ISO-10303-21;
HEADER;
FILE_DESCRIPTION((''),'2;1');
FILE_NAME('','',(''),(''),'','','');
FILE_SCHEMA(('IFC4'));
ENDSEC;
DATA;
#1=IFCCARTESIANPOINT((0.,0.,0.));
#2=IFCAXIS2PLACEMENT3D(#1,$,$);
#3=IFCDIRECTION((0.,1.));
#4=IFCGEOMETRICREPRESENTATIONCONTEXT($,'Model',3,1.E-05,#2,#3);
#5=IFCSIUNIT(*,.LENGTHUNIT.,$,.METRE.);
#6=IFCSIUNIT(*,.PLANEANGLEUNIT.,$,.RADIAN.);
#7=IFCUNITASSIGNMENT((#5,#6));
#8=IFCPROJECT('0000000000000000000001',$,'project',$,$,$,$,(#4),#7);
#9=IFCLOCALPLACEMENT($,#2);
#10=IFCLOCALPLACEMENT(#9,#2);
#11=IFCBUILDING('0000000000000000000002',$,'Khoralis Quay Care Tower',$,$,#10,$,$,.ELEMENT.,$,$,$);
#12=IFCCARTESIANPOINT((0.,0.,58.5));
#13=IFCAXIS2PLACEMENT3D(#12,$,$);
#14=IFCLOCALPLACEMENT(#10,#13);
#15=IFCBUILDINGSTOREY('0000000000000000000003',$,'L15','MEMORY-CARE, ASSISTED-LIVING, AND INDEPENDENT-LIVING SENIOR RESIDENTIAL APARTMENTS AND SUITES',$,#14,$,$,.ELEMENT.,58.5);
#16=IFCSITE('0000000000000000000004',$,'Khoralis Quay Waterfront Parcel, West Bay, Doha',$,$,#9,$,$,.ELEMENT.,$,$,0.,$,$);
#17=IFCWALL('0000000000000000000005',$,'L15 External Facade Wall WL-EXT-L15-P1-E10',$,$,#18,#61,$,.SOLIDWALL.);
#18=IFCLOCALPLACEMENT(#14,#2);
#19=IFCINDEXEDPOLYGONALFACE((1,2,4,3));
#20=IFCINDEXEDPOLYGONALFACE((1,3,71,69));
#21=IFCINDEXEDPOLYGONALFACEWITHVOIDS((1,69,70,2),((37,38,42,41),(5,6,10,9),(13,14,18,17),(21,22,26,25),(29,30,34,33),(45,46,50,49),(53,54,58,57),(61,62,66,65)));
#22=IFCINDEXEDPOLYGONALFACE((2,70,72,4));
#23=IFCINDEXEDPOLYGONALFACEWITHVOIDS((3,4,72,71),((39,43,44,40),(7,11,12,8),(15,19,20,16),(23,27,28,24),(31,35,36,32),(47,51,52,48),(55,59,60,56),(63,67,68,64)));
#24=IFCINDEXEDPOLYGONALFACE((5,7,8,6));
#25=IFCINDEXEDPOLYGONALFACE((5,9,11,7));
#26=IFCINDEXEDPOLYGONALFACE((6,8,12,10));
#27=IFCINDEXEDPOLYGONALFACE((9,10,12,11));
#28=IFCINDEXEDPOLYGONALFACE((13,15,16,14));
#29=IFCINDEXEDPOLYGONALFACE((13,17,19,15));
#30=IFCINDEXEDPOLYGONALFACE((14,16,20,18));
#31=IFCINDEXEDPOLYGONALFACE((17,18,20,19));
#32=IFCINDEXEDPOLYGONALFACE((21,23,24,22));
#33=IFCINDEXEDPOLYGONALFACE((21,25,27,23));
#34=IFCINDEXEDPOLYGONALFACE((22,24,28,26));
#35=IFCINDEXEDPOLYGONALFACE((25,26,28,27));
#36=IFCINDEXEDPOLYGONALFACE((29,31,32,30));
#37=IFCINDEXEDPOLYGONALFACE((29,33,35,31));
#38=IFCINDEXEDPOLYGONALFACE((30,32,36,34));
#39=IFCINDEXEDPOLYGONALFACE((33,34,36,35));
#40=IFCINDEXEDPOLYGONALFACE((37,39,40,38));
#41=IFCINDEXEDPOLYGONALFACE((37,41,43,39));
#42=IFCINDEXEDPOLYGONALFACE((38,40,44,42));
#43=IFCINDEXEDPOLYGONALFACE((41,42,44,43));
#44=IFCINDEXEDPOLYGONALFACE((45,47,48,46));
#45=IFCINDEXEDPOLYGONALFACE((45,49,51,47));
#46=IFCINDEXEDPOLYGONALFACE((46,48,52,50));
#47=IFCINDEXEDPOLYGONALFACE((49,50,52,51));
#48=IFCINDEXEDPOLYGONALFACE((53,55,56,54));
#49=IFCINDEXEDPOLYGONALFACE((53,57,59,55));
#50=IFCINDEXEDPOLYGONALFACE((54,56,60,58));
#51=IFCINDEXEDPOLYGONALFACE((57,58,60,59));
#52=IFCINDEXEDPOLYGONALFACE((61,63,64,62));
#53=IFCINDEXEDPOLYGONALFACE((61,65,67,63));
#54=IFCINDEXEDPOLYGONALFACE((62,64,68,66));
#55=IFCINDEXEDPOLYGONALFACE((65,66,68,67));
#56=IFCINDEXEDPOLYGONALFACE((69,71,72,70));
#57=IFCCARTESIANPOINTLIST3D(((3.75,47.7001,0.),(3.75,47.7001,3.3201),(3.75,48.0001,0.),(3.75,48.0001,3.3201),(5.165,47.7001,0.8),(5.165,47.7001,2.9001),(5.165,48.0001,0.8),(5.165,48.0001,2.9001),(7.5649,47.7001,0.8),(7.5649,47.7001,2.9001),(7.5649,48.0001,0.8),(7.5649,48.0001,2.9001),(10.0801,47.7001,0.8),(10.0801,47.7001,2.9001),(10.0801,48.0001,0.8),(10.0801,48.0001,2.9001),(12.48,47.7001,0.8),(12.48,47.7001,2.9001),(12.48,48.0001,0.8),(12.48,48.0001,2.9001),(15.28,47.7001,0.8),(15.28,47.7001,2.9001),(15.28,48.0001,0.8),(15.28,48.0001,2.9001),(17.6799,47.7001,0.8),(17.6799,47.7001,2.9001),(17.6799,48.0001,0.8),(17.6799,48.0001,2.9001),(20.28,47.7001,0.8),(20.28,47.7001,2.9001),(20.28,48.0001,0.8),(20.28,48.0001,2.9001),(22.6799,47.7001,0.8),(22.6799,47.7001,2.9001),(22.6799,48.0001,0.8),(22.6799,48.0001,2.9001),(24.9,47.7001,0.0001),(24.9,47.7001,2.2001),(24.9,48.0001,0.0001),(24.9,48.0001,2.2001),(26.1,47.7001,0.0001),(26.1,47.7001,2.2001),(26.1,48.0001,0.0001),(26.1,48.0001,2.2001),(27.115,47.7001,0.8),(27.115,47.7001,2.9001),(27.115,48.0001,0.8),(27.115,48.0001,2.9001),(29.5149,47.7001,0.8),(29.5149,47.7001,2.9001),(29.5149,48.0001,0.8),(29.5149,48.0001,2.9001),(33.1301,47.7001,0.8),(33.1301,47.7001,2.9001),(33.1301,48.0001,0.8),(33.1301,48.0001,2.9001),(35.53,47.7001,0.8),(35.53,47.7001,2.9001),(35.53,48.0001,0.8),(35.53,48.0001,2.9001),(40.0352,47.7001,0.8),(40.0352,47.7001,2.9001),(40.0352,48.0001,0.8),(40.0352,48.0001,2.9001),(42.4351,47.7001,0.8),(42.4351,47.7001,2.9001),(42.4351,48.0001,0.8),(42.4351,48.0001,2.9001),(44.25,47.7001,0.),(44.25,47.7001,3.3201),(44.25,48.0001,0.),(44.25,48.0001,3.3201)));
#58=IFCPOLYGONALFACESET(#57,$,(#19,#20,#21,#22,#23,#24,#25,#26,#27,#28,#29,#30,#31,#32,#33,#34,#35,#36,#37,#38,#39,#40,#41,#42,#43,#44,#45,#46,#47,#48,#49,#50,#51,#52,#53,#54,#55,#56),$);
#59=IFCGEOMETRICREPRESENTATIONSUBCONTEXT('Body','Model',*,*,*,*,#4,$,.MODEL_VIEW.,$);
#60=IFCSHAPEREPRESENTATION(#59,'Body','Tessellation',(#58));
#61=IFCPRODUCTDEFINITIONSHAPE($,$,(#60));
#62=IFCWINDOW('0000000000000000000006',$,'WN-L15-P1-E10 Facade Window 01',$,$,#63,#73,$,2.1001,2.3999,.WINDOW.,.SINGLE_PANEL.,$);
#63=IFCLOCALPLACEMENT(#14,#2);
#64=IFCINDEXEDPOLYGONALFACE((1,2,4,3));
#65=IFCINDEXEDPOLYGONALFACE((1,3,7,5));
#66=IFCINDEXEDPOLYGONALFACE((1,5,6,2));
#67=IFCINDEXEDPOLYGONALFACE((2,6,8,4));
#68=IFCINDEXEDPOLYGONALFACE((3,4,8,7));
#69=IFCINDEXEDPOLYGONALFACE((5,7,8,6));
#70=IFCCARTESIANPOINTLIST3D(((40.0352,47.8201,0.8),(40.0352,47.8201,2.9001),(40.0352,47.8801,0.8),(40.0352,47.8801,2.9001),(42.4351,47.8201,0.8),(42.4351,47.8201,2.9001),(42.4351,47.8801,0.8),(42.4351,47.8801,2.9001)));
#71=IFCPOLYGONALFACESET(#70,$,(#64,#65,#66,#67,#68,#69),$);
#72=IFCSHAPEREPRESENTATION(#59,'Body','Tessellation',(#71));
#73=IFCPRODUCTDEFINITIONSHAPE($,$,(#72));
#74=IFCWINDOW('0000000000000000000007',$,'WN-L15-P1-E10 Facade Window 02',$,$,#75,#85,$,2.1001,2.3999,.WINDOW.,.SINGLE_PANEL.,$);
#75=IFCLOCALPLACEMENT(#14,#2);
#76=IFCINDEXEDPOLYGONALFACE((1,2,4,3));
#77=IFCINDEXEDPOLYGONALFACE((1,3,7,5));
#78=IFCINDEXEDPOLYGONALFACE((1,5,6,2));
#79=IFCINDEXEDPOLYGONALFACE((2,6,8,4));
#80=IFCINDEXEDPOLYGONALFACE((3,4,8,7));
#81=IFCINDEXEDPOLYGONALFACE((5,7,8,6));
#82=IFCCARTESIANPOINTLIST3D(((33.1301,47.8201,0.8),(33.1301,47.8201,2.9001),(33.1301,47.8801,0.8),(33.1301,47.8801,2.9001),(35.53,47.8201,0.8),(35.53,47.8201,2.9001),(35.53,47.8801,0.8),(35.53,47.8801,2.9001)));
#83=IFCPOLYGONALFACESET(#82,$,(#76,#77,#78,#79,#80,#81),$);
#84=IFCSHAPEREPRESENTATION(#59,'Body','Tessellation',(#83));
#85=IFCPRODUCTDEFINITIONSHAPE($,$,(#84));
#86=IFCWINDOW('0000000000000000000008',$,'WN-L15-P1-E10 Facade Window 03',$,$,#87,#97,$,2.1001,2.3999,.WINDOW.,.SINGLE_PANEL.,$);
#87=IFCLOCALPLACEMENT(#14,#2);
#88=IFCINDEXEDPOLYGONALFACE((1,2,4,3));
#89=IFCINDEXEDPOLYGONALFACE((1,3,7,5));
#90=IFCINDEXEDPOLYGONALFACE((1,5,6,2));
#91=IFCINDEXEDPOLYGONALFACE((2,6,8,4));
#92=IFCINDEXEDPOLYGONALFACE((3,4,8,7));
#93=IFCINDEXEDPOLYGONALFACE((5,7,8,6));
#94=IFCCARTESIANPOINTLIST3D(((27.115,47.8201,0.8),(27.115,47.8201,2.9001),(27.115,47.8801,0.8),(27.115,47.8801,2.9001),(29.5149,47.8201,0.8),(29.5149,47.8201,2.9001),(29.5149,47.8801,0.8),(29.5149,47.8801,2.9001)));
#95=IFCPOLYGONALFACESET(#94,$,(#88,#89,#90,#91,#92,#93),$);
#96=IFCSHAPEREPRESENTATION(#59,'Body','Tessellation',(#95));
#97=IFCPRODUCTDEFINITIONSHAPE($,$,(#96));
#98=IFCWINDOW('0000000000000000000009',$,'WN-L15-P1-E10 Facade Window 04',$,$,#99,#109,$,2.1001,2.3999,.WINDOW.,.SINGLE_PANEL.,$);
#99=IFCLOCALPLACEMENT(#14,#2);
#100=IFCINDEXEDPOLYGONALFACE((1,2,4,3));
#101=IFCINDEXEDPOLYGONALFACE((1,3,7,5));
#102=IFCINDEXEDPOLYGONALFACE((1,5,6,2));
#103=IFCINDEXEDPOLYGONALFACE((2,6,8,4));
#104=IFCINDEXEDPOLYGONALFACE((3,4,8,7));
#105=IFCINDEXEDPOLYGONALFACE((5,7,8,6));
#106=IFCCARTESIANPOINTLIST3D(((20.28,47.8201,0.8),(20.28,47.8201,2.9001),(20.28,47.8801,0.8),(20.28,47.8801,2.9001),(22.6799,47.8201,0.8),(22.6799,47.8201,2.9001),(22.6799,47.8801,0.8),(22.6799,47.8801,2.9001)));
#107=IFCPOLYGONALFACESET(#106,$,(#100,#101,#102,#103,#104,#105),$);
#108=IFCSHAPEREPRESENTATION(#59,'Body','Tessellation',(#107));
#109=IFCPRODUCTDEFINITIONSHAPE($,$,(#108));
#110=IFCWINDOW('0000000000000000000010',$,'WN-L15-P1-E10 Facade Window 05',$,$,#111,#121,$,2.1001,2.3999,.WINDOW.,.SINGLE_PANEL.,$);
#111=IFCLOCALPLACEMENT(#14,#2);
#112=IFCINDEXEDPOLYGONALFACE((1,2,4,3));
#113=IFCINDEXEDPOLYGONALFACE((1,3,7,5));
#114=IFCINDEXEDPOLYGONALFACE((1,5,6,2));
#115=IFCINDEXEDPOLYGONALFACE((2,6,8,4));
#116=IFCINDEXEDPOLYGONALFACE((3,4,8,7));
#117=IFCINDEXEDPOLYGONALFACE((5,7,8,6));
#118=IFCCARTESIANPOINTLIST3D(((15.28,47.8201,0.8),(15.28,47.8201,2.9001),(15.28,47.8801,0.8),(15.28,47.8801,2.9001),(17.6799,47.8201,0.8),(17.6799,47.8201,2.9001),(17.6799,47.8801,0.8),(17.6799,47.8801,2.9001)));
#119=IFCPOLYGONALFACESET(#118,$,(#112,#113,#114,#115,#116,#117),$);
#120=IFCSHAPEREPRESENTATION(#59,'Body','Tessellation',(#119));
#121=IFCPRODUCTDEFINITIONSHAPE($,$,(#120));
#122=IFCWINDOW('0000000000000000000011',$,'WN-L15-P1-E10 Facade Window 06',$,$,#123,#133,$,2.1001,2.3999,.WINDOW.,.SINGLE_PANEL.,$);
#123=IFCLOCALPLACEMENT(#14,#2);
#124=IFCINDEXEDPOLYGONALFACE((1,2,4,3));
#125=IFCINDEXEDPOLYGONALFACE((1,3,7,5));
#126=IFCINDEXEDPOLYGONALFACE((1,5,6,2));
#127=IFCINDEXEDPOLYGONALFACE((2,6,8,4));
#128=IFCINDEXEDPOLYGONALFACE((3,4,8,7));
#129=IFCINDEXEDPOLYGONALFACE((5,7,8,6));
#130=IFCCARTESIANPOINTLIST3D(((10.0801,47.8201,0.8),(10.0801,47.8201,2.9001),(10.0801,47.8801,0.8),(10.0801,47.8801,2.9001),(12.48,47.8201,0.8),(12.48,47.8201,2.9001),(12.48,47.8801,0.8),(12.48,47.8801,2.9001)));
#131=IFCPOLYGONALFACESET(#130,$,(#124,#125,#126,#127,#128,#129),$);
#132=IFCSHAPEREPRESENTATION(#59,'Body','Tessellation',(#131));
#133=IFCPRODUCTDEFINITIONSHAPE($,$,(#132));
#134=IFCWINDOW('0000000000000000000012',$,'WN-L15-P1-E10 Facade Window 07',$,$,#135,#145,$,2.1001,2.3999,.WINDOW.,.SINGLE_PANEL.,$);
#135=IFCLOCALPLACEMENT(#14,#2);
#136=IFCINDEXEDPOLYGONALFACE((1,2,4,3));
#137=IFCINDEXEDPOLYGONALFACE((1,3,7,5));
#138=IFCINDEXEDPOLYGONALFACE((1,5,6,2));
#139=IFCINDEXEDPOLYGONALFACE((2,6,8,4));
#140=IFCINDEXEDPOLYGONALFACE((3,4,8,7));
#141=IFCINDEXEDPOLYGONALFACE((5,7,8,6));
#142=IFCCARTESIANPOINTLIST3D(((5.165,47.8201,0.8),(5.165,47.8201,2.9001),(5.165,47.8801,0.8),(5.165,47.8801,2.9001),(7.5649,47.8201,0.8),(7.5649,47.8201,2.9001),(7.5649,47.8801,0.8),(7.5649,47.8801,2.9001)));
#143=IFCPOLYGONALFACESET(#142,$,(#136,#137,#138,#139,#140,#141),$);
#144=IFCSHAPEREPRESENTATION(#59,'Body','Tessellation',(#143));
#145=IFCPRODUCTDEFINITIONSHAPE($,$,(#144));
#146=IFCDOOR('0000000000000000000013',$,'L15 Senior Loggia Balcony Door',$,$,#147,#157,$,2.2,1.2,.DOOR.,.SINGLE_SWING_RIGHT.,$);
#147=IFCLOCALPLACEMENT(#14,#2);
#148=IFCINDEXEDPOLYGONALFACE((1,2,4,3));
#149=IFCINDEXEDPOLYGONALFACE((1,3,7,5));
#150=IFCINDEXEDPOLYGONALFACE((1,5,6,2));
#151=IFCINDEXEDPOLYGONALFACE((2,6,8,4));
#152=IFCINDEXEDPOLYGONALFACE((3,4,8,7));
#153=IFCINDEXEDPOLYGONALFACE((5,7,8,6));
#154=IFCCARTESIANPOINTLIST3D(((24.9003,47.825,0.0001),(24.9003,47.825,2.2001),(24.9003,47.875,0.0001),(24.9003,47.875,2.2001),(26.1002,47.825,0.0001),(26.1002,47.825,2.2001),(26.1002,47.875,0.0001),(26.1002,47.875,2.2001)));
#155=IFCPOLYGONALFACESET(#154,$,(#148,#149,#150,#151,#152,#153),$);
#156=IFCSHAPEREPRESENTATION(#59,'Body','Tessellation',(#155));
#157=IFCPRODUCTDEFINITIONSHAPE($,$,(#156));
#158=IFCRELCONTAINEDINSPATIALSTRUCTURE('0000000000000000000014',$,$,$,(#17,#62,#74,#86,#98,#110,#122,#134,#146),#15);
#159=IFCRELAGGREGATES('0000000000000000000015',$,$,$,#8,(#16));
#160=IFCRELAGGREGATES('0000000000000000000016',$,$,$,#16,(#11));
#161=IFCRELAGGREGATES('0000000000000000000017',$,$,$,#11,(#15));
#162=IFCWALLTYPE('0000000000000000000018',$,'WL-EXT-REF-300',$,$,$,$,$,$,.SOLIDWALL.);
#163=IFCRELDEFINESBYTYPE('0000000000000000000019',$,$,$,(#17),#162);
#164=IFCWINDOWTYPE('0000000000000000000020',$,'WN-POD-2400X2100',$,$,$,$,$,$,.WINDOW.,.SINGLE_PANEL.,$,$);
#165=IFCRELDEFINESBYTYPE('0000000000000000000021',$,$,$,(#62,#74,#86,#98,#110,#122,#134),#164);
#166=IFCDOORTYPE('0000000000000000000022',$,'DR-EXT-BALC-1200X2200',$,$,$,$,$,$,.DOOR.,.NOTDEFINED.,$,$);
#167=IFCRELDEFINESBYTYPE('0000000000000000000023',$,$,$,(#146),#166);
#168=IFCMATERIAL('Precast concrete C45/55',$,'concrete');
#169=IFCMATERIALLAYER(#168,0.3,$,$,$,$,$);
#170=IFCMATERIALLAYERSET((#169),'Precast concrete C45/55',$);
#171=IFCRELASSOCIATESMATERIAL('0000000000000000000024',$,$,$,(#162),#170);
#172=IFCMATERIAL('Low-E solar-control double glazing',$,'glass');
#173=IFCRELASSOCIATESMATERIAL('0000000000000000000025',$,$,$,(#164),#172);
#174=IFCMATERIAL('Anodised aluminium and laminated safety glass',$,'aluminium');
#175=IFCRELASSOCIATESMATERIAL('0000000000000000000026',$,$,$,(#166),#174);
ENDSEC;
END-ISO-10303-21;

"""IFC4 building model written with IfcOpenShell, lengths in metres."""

from ifc_helpers import new_model, si_unit, direction, frame, frame_2d, origin, place, context, subcontext, project, spatial, rectangle, extrude, source, transform, mapped, material, layer, layer_set, type_object, element, fill, save


model = new_model("IFC4")

# Units and contexts
model_context = context("Model", 3, precision=1e-05, world=origin(), true_north=direction((0.0, 1.0)))
body_context = subcontext(model_context, "Body", "Model", "MODEL_VIEW")
ifc_project = project(units=[si_unit("LENGTHUNIT", "METRE"), si_unit("PLANEANGLEUNIT", "RADIAN")], contexts=[model_context])

# Site, building, storey
site_placement = place(None, origin())
site = spatial("IfcSite", under=ifc_project, at=site_placement, Name="Khoralis Quay Waterfront Parcel, West Bay, Doha", CompositionType="ELEMENT", RefElevation=0.0)
building_placement = place(site_placement, origin())
building = spatial("IfcBuilding", under=site, at=building_placement, Name="Khoralis Quay Care Tower", CompositionType="ELEMENT")
storey_placement = place(building_placement, frame((0.0, 0.0, 58.5)))
storey = spatial("IfcBuildingStorey", under=building, at=storey_placement, Name="L15", Description="MEMORY-CARE, ASSISTED-LIVING, AND INDEPENDENT-LIVING SENIOR RESIDENTIAL APARTMENTS AND SUITES", CompositionType="ELEMENT", Elevation=58.5)

# Shared definitions
ifc_material_1 = material(Name="Precast concrete C45/55", Category="concrete")
ifc_layer_1 = layer(ifc_material_1, 0.3)
ifc_layer_set_1 = layer_set([ifc_layer_1], Name="Precast concrete C45/55")
wall_type = type_object("IfcWallType", Name="WL-EXT-REF-300", PredefinedType="SOLIDWALL", material=ifc_layer_set_1)

# Wall, openings, windows, door
wall_placement = place(storey_placement, frame((44.25, 47.8501, 0.0), z_axis=(0.0, 0.0, 1.0), x_axis=(-1.0, 0.0, 0.0)))
wall = element("IfcWall", 1, at=wall_placement, inside=storey, type_object=wall_type, Name="L15 External Facade Wall WL-EXT-L15-P1-E10", PredefinedType="SOLIDWALL", context=body_context, shape_type="SweptSolid", body=[
    extrude(rectangle(XDim=40.5, YDim=0.3, at=frame_2d((20.25, 0.0))), origin(), (0.0, 0.0, 1.0), 3.3201),
])
opening_1_placement = place(wall_placement, frame((1.8149, 0.0, 0.8)))
opening_1 = element("IfcOpeningElement", 2, at=opening_1_placement, cuts=wall, PredefinedType="OPENING", context=body_context, shape_type="SweptSolid", body=[
    extrude(rectangle(XDim=2.3999, YDim=2.1001, at=frame_2d((1.2, 1.05))), frame((0.0, 0.1602, 0.0), z_axis=(0.0, -1.0, 0.0), x_axis=(1.0, 0.0, 0.0)), (0.0, 0.0, 1.0), 0.3201),
])
opening_2_placement = place(wall_placement, frame((8.72, 0.0, 0.8)))
opening_2 = element("IfcOpeningElement", 3, at=opening_2_placement, cuts=wall, PredefinedType="OPENING", context=body_context, shape_type="SweptSolid", body=[
    extrude(rectangle(XDim=2.3999, YDim=2.1001, at=frame_2d((1.2, 1.05))), frame((0.0, 0.1602, 0.0), z_axis=(0.0, -1.0, 0.0), x_axis=(1.0, 0.0, 0.0)), (0.0, 0.0, 1.0), 0.3201),
])
opening_3_placement = place(wall_placement, frame((14.7351, 0.0, 0.8)))
opening_3 = element("IfcOpeningElement", 4, at=opening_3_placement, cuts=wall, PredefinedType="OPENING", context=body_context, shape_type="SweptSolid", body=[
    extrude(rectangle(XDim=2.3999, YDim=2.1001, at=frame_2d((1.2, 1.05))), frame((0.0, 0.1602, 0.0), z_axis=(0.0, -1.0, 0.0), x_axis=(1.0, 0.0, 0.0)), (0.0, 0.0, 1.0), 0.3201),
])
opening_4_placement = place(wall_placement, frame((21.5701, 0.0, 0.8)))
opening_4 = element("IfcOpeningElement", 5, at=opening_4_placement, cuts=wall, PredefinedType="OPENING", context=body_context, shape_type="SweptSolid", body=[
    extrude(rectangle(XDim=2.3999, YDim=2.1001, at=frame_2d((1.2, 1.05))), frame((0.0, 0.1602, 0.0), z_axis=(0.0, -1.0, 0.0), x_axis=(1.0, 0.0, 0.0)), (0.0, 0.0, 1.0), 0.3201),
])
opening_5_placement = place(wall_placement, frame((26.5701, 0.0, 0.8)))
opening_5 = element("IfcOpeningElement", 6, at=opening_5_placement, cuts=wall, PredefinedType="OPENING", context=body_context, shape_type="SweptSolid", body=[
    extrude(rectangle(XDim=2.3999, YDim=2.1001, at=frame_2d((1.2, 1.05))), frame((0.0, 0.1602, 0.0), z_axis=(0.0, -1.0, 0.0), x_axis=(1.0, 0.0, 0.0)), (0.0, 0.0, 1.0), 0.3201),
])
opening_6_placement = place(wall_placement, frame((31.77, 0.0, 0.8)))
opening_6 = element("IfcOpeningElement", 7, at=opening_6_placement, cuts=wall, PredefinedType="OPENING", context=body_context, shape_type="SweptSolid", body=[
    extrude(rectangle(XDim=2.3999, YDim=2.1001, at=frame_2d((1.2, 1.05))), frame((0.0, 0.1602, 0.0), z_axis=(0.0, -1.0, 0.0), x_axis=(1.0, 0.0, 0.0)), (0.0, 0.0, 1.0), 0.3201),
])
opening_7_placement = place(wall_placement, frame((36.6851, 0.0, 0.8)))
opening_7 = element("IfcOpeningElement", 8, at=opening_7_placement, cuts=wall, PredefinedType="OPENING", context=body_context, shape_type="SweptSolid", body=[
    extrude(rectangle(XDim=2.3999, YDim=2.1001, at=frame_2d((1.2, 1.05))), frame((0.0, 0.1602, 0.0), z_axis=(0.0, -1.0, 0.0), x_axis=(1.0, 0.0, 0.0)), (0.0, 0.0, 1.0), 0.3201),
])
opening_8_placement = place(wall_placement, frame((18.1499, 0.0, 0.0)))
opening_8 = element("IfcOpeningElement", 9, at=opening_8_placement, cuts=wall, PredefinedType="OPENING", context=body_context, shape_type="SweptSolid", body=[
    extrude(rectangle(XDim=1.2, YDim=2.2, at=frame_2d((0.6001, 1.1001))), frame((0.0, 0.1602, 0.0), z_axis=(0.0, -1.0, 0.0), x_axis=(1.0, 0.0, 0.0)), (0.0, 0.0, 1.0), 0.3201),
])
ifc_material_2 = material(Name="Low-E solar-control double glazing", Category="glass")
window_type = type_object("IfcWindowType", Name="WN-POD-2400X2100", PartitioningType="SINGLE_PANEL", PredefinedType="WINDOW", material=ifc_material_2)
shared_shape_1 = source(origin(), body_context, "Body", "SweptSolid", [
    extrude(rectangle(XDim=2.3999, YDim=2.1001, at=frame_2d((1.2, 1.05))), frame((0.0, 0.03, 0.0), z_axis=(0.0, -1.0, 0.0), x_axis=(1.0, 0.0, 0.0)), (0.0, 0.0, 1.0), 0.0601),
])
window_1_placement = place(opening_1_placement, origin())
window_1 = element("IfcWindow", 10, at=window_1_placement, inside=storey, type_object=window_type, Name="WN-L15-P1-E10 Facade Window 01", OverallHeight=2.1001, OverallWidth=2.3999, PartitioningType="SINGLE_PANEL", PredefinedType="WINDOW", context=body_context, shape_type="MappedRepresentation", body=[
    mapped(shared_shape_1, transform((0.0, 0.0, 0.0), scale=1.0)),
])
fill(opening_1, window_1)
window_2_placement = place(opening_2_placement, origin())
window_2 = element("IfcWindow", 11, at=window_2_placement, inside=storey, type_object=window_type, Name="WN-L15-P1-E10 Facade Window 02", OverallHeight=2.1001, OverallWidth=2.3999, PartitioningType="SINGLE_PANEL", PredefinedType="WINDOW", context=body_context, shape_type="MappedRepresentation", body=[
    mapped(shared_shape_1, transform((0.0, 0.0, 0.0), scale=1.0)),
])
fill(opening_2, window_2)
window_3_placement = place(opening_3_placement, origin())
window_3 = element("IfcWindow", 12, at=window_3_placement, inside=storey, type_object=window_type, Name="WN-L15-P1-E10 Facade Window 03", OverallHeight=2.1001, OverallWidth=2.3999, PartitioningType="SINGLE_PANEL", PredefinedType="WINDOW", context=body_context, shape_type="MappedRepresentation", body=[
    mapped(shared_shape_1, transform((0.0, 0.0, 0.0), scale=1.0)),
])
fill(opening_3, window_3)
window_4_placement = place(opening_4_placement, origin())
window_4 = element("IfcWindow", 13, at=window_4_placement, inside=storey, type_object=window_type, Name="WN-L15-P1-E10 Facade Window 04", OverallHeight=2.1001, OverallWidth=2.3999, PartitioningType="SINGLE_PANEL", PredefinedType="WINDOW", context=body_context, shape_type="MappedRepresentation", body=[
    mapped(shared_shape_1, transform((0.0, 0.0, 0.0), scale=1.0)),
])
fill(opening_4, window_4)
window_5_placement = place(opening_5_placement, origin())
window_5 = element("IfcWindow", 14, at=window_5_placement, inside=storey, type_object=window_type, Name="WN-L15-P1-E10 Facade Window 05", OverallHeight=2.1001, OverallWidth=2.3999, PartitioningType="SINGLE_PANEL", PredefinedType="WINDOW", context=body_context, shape_type="MappedRepresentation", body=[
    mapped(shared_shape_1, transform((0.0, 0.0, 0.0), scale=1.0)),
])
fill(opening_5, window_5)
window_6_placement = place(opening_6_placement, origin())
window_6 = element("IfcWindow", 15, at=window_6_placement, inside=storey, type_object=window_type, Name="WN-L15-P1-E10 Facade Window 06", OverallHeight=2.1001, OverallWidth=2.3999, PartitioningType="SINGLE_PANEL", PredefinedType="WINDOW", context=body_context, shape_type="MappedRepresentation", body=[
    mapped(shared_shape_1, transform((0.0, 0.0, 0.0), scale=1.0)),
])
fill(opening_6, window_6)
window_7_placement = place(opening_7_placement, origin())
window_7 = element("IfcWindow", 16, at=window_7_placement, inside=storey, type_object=window_type, Name="WN-L15-P1-E10 Facade Window 07", OverallHeight=2.1001, OverallWidth=2.3999, PartitioningType="SINGLE_PANEL", PredefinedType="WINDOW", context=body_context, shape_type="MappedRepresentation", body=[
    mapped(shared_shape_1, transform((0.0, 0.0, 0.0), scale=1.0)),
])
fill(opening_7, window_7)
ifc_material_3 = material(Name="Anodised aluminium and laminated safety glass", Category="aluminium")
door_type = type_object("IfcDoorType", Name="DR-EXT-BALC-1200X2200", OperationType="NOTDEFINED", PredefinedType="DOOR", material=ifc_material_3)
shared_shape_2 = source(origin(), body_context, "Body", "SweptSolid", [
    extrude(rectangle(XDim=1.2, YDim=2.2, at=frame_2d((0.6001, 1.1001))), frame((0.0, 0.0249, 0.0), z_axis=(0.0, -1.0, 0.0), x_axis=(1.0, 0.0, 0.0)), (0.0, 0.0, 1.0), 0.05),
])
door_placement = place(opening_8_placement, frame((1.2, 0.0, 0.0), z_axis=(0.0, 0.0, 1.0), x_axis=(-1.0, 0.0, 0.0)))
door = element("IfcDoor", 17, at=door_placement, inside=storey, type_object=door_type, Name="L15 Senior Loggia Balcony Door", OperationType="SINGLE_SWING_RIGHT", OverallHeight=2.2, OverallWidth=1.2, PredefinedType="DOOR", context=body_context, shape_type="MappedRepresentation", body=[
    mapped(shared_shape_2, transform((0.0, 0.0, 0.0), scale=1.0)),
])
fill(opening_8, door)

save(model, "model.ifc")
